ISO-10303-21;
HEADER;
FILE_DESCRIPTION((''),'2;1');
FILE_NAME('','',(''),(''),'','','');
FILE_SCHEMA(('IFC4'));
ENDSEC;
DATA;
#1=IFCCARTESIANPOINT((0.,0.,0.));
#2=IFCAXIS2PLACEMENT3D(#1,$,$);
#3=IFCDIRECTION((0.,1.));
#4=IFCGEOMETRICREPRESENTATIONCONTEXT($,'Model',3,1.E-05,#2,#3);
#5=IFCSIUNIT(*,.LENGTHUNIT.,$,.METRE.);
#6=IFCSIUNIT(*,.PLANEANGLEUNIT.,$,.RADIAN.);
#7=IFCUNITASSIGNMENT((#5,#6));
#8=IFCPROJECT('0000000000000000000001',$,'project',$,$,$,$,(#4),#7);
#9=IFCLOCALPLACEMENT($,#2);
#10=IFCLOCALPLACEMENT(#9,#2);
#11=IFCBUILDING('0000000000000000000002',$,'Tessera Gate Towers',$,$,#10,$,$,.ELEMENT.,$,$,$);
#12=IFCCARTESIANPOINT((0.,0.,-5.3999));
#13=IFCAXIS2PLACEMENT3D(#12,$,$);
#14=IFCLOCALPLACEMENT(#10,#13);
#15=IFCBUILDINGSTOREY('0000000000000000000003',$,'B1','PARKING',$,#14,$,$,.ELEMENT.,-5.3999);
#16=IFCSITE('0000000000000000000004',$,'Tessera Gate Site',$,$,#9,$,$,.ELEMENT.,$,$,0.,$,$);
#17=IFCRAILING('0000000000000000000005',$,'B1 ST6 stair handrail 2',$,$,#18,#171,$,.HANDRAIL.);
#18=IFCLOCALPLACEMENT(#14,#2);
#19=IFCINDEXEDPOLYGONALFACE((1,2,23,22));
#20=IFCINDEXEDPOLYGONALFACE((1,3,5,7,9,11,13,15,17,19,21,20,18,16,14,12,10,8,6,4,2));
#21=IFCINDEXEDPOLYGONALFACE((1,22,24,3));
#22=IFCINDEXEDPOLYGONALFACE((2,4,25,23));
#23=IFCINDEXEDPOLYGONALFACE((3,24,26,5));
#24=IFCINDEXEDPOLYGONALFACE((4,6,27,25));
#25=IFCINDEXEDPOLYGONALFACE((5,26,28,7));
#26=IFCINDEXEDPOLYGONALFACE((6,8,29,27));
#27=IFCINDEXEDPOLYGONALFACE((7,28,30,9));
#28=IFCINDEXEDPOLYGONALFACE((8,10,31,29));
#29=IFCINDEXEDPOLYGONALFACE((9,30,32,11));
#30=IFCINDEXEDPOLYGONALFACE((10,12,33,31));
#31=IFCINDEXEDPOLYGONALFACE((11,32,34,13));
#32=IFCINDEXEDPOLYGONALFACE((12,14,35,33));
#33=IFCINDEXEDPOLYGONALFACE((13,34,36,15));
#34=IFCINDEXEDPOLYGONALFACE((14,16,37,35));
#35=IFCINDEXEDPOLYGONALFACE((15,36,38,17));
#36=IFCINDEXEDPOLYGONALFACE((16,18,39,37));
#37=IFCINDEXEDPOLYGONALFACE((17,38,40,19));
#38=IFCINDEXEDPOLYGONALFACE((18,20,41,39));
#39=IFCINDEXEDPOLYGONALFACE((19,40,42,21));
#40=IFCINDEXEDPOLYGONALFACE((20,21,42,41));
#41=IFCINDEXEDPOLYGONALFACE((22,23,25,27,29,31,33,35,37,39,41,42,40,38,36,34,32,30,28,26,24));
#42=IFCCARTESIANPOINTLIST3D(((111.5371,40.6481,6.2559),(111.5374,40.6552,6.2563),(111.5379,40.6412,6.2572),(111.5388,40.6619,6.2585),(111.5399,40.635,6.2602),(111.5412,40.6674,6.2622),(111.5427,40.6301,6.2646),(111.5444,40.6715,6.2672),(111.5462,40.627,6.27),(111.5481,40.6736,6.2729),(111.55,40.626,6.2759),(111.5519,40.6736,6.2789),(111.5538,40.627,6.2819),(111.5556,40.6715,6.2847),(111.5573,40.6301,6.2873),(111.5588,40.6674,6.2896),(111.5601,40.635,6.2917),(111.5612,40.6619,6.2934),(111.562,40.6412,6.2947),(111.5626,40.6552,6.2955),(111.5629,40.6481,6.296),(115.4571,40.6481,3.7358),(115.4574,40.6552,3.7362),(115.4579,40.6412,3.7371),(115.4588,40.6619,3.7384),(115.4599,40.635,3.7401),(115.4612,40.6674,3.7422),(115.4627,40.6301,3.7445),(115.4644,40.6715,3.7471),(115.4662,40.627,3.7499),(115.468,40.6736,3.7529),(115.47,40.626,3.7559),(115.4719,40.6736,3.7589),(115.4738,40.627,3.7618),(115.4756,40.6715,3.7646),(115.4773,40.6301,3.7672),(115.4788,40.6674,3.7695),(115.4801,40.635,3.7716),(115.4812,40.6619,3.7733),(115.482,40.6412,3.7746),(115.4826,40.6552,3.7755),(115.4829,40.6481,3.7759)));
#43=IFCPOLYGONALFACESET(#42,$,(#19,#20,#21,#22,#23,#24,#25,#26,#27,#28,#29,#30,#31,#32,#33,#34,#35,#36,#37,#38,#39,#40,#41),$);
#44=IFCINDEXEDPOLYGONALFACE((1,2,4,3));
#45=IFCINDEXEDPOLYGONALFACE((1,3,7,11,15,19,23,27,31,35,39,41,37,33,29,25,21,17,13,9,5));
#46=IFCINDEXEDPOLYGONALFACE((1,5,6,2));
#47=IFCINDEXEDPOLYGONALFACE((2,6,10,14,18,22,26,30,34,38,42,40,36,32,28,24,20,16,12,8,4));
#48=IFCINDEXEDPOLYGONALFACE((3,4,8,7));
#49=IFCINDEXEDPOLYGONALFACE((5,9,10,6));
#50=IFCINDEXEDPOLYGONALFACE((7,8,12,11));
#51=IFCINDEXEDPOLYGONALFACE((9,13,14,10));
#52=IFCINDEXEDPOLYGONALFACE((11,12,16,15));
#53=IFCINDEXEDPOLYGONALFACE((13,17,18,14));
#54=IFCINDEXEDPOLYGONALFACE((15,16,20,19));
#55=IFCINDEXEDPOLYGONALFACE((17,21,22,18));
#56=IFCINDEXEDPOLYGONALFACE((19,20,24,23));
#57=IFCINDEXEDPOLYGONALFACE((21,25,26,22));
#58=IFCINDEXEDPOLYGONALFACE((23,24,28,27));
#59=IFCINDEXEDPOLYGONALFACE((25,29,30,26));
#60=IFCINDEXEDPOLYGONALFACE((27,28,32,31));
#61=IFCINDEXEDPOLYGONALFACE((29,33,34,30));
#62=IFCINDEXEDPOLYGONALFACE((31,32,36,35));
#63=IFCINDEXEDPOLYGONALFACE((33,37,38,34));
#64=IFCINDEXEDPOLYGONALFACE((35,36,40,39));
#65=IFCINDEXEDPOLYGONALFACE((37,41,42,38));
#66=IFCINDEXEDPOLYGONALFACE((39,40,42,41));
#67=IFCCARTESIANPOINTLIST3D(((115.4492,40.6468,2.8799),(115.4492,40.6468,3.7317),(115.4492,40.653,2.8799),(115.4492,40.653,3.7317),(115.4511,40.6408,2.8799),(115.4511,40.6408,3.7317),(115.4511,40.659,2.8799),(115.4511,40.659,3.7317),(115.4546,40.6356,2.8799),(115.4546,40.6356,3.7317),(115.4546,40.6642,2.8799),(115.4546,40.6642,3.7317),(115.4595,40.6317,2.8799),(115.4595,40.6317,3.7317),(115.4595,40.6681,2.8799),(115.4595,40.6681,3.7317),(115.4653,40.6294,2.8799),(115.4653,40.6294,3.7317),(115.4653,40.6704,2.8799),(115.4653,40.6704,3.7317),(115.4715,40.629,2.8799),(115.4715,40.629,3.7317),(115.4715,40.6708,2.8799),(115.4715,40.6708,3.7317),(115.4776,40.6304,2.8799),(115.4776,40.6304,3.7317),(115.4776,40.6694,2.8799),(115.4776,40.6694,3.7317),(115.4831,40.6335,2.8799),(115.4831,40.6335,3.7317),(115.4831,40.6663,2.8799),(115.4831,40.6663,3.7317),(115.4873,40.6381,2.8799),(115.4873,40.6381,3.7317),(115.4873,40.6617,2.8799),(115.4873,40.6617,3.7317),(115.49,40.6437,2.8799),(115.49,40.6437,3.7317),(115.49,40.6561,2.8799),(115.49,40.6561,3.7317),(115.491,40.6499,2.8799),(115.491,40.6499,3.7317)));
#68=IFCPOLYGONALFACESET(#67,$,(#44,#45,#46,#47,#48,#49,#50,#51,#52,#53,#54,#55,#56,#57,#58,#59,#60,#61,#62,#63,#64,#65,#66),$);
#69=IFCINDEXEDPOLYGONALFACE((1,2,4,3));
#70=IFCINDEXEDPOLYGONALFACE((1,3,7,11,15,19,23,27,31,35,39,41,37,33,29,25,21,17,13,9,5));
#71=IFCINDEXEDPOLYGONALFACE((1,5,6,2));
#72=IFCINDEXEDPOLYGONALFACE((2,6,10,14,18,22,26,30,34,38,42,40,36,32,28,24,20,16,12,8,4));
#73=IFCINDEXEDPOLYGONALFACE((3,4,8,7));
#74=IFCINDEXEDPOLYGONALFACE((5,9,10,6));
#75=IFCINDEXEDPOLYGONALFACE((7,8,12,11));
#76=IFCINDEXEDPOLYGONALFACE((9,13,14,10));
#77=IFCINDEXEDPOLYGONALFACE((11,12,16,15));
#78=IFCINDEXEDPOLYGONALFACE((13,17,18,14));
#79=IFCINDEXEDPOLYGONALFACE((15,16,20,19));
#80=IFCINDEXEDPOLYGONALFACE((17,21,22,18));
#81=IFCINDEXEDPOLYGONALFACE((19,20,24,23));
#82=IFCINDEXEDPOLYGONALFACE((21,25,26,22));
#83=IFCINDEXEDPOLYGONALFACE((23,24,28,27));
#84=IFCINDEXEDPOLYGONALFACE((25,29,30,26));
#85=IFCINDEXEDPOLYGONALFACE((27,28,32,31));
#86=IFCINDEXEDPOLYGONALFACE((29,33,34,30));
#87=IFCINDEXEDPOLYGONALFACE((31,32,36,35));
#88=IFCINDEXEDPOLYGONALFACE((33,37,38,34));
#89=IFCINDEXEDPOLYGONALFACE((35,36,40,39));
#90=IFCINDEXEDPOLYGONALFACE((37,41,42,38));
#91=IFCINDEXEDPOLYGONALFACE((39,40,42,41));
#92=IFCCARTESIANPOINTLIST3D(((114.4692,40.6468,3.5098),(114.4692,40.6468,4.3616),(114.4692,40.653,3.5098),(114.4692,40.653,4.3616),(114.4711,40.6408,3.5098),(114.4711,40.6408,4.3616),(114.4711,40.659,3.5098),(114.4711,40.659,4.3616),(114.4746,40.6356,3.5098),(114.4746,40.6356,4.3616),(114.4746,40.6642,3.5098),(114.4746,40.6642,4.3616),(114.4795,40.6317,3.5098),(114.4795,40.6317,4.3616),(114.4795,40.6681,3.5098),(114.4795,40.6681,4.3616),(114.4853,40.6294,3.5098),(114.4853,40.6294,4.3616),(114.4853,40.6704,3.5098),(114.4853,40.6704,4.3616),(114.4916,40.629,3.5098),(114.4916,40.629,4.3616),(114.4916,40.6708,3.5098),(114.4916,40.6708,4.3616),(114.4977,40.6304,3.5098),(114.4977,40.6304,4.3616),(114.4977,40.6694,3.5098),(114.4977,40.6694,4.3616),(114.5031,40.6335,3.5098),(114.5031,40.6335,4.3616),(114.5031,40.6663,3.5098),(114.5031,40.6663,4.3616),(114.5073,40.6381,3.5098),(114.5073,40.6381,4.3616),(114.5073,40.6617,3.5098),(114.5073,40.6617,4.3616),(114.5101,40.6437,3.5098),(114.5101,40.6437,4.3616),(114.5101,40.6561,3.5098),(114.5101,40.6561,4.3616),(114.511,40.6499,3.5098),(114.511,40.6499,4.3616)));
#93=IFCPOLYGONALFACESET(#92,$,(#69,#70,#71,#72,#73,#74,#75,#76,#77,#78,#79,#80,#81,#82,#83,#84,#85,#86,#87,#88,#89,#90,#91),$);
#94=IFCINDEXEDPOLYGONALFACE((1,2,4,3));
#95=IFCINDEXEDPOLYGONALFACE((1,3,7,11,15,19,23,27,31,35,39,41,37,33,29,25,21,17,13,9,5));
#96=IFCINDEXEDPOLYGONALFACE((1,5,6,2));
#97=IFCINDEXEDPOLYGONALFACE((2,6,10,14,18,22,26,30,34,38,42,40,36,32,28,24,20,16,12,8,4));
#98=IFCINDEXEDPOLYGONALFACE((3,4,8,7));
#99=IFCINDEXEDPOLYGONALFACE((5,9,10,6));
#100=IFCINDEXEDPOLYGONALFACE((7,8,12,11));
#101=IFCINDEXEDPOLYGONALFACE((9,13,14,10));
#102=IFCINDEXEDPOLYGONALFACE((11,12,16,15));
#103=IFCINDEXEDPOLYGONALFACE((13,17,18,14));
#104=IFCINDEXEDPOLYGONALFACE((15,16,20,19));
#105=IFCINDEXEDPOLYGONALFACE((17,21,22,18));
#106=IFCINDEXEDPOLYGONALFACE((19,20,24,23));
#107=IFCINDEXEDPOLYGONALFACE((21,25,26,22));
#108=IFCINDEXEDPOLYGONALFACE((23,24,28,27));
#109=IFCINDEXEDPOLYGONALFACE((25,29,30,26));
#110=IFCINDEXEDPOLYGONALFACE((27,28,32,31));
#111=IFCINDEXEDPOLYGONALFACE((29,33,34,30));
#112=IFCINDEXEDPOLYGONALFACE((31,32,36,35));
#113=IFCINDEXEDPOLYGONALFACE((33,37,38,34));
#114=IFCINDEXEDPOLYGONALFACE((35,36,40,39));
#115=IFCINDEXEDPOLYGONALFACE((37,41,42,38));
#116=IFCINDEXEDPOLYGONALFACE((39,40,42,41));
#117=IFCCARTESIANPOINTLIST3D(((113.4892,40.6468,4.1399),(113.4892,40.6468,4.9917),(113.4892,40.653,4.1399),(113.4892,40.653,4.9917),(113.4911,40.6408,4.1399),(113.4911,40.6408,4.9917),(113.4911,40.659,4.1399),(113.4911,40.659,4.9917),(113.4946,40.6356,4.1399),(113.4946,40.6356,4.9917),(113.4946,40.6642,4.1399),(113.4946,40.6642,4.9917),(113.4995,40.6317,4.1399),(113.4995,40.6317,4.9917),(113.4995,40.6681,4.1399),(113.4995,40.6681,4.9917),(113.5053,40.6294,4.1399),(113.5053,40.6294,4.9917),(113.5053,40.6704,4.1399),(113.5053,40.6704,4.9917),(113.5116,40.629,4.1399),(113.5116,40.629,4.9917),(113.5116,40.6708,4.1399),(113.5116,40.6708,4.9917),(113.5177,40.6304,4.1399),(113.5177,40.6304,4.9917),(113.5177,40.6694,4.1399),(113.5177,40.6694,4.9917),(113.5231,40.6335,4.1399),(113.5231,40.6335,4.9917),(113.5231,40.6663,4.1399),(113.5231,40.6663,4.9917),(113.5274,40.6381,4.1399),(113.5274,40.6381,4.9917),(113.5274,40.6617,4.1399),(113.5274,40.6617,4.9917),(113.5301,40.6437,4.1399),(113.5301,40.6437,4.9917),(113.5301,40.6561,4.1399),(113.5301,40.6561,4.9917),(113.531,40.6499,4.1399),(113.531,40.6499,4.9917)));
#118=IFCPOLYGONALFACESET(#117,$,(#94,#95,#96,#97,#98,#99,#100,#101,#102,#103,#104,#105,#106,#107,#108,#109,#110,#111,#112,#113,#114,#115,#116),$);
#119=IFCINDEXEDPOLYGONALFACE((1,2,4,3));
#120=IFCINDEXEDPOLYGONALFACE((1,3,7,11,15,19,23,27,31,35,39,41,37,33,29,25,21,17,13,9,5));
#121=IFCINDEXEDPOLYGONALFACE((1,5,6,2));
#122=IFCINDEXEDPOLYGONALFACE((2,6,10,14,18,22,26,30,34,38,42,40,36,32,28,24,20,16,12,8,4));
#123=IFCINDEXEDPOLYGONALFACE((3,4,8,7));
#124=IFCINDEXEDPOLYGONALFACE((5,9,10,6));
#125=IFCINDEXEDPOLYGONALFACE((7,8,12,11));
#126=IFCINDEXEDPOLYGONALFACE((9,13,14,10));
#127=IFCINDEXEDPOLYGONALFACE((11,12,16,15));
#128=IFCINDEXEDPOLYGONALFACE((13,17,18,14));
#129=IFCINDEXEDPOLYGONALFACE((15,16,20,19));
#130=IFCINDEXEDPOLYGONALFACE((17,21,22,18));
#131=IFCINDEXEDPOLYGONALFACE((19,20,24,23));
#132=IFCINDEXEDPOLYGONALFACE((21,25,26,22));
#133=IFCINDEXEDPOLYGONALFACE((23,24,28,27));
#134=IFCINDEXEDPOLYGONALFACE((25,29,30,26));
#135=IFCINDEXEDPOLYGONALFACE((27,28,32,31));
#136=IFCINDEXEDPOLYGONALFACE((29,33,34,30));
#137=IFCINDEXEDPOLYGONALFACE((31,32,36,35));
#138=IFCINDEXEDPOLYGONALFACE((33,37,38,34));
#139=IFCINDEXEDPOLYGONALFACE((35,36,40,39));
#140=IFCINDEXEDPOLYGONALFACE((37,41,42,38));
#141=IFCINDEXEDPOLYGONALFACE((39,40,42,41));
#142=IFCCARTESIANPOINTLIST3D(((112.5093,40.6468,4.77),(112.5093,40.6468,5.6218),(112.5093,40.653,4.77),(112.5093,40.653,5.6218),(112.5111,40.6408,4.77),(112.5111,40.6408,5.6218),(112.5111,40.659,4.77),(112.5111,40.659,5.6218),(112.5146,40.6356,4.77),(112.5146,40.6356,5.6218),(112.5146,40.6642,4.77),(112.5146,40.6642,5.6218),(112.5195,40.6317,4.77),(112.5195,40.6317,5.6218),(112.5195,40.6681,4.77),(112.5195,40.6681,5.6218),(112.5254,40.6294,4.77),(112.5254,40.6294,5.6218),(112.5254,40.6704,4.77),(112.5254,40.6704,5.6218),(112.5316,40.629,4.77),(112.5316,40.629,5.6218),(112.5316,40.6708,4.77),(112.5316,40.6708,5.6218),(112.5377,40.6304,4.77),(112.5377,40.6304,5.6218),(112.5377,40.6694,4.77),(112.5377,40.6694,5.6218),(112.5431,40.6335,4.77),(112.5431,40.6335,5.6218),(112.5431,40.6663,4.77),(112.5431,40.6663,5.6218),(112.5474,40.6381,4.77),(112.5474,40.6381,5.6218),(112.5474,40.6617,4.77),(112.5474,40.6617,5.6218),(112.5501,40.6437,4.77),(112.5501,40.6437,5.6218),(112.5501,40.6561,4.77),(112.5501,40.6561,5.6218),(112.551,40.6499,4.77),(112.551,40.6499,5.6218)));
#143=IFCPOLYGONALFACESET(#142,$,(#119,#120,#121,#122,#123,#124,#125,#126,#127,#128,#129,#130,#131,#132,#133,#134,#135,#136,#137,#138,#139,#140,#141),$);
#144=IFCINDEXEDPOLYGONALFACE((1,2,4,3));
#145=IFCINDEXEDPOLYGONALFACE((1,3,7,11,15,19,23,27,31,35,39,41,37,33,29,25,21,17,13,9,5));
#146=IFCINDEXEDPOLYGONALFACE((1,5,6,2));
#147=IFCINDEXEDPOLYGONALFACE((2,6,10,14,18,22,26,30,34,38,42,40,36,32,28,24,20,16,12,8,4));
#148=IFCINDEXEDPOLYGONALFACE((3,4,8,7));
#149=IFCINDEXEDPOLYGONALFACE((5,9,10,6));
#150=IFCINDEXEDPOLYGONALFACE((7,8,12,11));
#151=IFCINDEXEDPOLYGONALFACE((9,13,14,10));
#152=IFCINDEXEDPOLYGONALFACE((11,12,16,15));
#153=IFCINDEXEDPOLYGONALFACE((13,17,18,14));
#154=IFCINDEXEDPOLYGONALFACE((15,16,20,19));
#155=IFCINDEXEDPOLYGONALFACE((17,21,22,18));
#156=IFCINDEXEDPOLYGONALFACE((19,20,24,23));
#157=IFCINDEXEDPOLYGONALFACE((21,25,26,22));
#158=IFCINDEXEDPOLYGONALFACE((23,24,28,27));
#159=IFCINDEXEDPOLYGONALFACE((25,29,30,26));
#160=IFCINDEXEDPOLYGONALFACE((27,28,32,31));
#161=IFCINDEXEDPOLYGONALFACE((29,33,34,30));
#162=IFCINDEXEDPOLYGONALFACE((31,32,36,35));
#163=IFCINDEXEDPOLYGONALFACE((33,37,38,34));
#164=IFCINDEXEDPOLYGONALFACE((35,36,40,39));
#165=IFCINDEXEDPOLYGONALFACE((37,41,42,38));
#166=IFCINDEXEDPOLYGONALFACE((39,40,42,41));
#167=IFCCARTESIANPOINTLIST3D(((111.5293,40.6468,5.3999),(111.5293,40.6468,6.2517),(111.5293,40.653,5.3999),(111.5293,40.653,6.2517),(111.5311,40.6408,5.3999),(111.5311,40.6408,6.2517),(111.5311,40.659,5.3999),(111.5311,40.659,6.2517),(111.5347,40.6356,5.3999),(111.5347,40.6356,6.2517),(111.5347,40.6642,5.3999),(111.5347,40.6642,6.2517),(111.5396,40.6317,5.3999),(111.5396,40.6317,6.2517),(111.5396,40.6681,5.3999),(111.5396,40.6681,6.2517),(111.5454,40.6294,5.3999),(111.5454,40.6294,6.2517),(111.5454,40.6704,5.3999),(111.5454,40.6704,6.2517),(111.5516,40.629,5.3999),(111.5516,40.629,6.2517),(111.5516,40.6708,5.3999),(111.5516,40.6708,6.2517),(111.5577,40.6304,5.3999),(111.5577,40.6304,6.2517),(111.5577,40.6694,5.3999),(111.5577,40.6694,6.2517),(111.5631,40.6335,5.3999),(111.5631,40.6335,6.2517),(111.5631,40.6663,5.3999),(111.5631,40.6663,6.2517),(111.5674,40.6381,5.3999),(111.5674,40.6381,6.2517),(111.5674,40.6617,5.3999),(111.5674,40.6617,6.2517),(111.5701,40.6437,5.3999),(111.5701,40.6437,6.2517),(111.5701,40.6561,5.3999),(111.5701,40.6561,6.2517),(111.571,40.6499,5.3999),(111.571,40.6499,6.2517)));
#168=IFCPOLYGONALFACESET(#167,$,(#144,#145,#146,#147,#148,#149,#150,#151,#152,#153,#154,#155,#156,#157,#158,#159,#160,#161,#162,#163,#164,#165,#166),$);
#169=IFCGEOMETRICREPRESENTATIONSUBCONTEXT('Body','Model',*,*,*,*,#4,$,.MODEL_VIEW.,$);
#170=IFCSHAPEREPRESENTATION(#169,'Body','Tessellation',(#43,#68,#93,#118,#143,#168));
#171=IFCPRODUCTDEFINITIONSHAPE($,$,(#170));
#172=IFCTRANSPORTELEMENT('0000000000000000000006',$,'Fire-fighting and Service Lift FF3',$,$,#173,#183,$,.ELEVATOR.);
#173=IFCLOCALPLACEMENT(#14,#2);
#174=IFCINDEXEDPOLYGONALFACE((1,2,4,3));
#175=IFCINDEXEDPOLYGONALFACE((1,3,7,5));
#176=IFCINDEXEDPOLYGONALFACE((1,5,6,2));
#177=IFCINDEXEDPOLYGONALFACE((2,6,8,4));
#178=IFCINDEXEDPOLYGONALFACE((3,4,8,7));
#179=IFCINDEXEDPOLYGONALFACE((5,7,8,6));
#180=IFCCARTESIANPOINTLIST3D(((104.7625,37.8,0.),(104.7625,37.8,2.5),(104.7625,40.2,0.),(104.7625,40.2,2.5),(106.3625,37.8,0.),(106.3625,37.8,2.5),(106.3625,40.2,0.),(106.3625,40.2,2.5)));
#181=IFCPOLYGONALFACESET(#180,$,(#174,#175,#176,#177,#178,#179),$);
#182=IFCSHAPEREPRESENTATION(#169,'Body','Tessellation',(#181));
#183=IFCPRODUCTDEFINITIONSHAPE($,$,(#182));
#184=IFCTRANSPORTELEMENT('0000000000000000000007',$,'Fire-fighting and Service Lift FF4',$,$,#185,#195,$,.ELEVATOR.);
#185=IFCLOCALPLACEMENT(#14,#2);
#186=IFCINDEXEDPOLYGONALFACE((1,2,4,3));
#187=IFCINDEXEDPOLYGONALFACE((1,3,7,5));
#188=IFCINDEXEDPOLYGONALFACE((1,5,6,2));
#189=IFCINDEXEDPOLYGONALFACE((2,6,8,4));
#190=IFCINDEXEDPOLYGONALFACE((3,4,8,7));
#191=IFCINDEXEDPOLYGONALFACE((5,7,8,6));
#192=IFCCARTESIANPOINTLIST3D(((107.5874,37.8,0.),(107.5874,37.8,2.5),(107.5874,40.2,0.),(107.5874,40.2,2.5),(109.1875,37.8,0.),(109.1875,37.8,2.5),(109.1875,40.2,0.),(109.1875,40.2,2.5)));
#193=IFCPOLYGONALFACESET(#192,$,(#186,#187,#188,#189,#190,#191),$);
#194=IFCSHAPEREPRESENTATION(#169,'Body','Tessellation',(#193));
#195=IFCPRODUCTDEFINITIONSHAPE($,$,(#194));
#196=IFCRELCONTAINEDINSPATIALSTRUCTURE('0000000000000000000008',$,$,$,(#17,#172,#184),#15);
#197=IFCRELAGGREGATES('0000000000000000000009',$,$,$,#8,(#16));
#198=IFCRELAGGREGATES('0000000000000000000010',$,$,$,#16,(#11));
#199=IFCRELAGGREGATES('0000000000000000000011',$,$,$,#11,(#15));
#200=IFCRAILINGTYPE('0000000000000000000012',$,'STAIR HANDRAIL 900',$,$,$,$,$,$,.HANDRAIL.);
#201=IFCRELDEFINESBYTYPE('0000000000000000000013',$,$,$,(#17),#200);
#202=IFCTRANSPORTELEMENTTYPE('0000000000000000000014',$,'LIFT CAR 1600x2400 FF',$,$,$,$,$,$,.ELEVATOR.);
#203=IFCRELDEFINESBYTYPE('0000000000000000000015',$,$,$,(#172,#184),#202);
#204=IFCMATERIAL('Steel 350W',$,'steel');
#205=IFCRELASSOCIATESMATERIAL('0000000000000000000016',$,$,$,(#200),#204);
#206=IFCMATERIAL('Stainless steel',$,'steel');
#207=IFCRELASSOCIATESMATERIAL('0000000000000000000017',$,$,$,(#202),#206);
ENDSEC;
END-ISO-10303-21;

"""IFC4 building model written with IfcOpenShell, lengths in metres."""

from ifc_helpers import new_model, si_unit, direction, frame, origin, origin_2d, place, context, subcontext, project, spatial, rectangle, circle, extrude, material, type_object, element, save


model = new_model("IFC4")

# Units and contexts
model_context = context("Model", 3, precision=1e-05, world=origin(), true_north=direction((0.0, 1.0)))
body_context = subcontext(model_context, "Body", "Model", "MODEL_VIEW")
ifc_project = project(units=[si_unit("LENGTHUNIT", "METRE"), si_unit("PLANEANGLEUNIT", "RADIAN")], contexts=[model_context])

# Site, building, storey
site_placement = place(None, origin())
site = spatial("IfcSite", under=ifc_project, at=site_placement, Name="Tessera Gate Site", CompositionType="ELEMENT", RefElevation=0.0)
building_placement = place(site_placement, origin())
building = spatial("IfcBuilding", under=site, at=building_placement, Name="Tessera Gate Towers", CompositionType="ELEMENT")
storey_placement = place(building_placement, frame((0.0, 0.0, -5.3999)))
storey = spatial("IfcBuildingStorey", under=building, at=storey_placement, Name="B1", Description="PARKING", CompositionType="ELEMENT", Elevation=-5.3999)

# Railing
ifc_material_1 = material(Name="Steel 350W", Category="steel")
railing_type_1 = type_object("IfcRailingType", Name="STAIR HANDRAIL 900", PredefinedType="HANDRAIL", material=ifc_material_1)
railing_1_placement = place(storey_placement, frame((115.47, 40.6499, 2.8799)))
element("IfcRailing", 1, at=railing_1_placement, inside=storey, type_object=railing_type_1, Name="B1 ST6 stair handrail 2", PredefinedType="HANDRAIL", context=body_context, shape_type="SweptSolid", body=[
    extrude(circle(Radius=0.0239, at=origin_2d()), frame((0.0, 0.0, 0.876), z_axis=(-0.841172, 0.0, 0.540768), x_axis=(0.0, -1.0, 0.0)), (0.0, 0.0, 1.0), 4.6602),
    extrude(circle(Radius=0.021, at=origin_2d()), origin(), (0.0, 0.0, 1.0), 0.8518),
    extrude(circle(Radius=0.021, at=origin_2d()), frame((-0.98, 0.0, 0.6299)), (0.0, 0.0, 1.0), 0.8518),
    extrude(circle(Radius=0.021, at=origin_2d()), frame((-1.96, 0.0, 1.26)), (0.0, 0.0, 1.0), 0.8518),
    extrude(circle(Radius=0.021, at=origin_2d()), frame((-2.9399, 0.0, 1.8901)), (0.0, 0.0, 1.0), 0.8518),
    extrude(circle(Radius=0.021, at=origin_2d()), frame((-3.9199, 0.0, 2.52)), (0.0, 0.0, 1.0), 0.8518),
])

# Transport elements
ifc_material_2 = material(Name="Stainless steel", Category="steel")
transport_element_type = type_object("IfcTransportElementType", Name="LIFT CAR 1600x2400 FF", PredefinedType="ELEVATOR", material=ifc_material_2)
for number, where, z_axis, x_axis, name in (
    (2, (105.5625, 39.0, 0.0), (0.0, 0.0, 1.0), (1.0, 0.0, 0.0), "Fire-fighting and Service Lift FF3"),
    (3, (108.3875, 39.0, 0.0), (0.0, 0.0, 1.0), (1.0, 0.0, 0.0), "Fire-fighting and Service Lift FF4"),
):
    element("IfcTransportElement", number, at=place(storey_placement, frame(where, z_axis=z_axis, x_axis=x_axis)), inside=storey, type_object=transport_element_type, Name=name, PredefinedType="ELEVATOR", context=body_context, shape_type="SweptSolid", body=[
        extrude(rectangle(XDim=1.6001, YDim=2.3999, at=origin_2d()), origin(), (0.0, 0.0, 1.0), 2.5),
    ])

save(model, "model.ifc")
